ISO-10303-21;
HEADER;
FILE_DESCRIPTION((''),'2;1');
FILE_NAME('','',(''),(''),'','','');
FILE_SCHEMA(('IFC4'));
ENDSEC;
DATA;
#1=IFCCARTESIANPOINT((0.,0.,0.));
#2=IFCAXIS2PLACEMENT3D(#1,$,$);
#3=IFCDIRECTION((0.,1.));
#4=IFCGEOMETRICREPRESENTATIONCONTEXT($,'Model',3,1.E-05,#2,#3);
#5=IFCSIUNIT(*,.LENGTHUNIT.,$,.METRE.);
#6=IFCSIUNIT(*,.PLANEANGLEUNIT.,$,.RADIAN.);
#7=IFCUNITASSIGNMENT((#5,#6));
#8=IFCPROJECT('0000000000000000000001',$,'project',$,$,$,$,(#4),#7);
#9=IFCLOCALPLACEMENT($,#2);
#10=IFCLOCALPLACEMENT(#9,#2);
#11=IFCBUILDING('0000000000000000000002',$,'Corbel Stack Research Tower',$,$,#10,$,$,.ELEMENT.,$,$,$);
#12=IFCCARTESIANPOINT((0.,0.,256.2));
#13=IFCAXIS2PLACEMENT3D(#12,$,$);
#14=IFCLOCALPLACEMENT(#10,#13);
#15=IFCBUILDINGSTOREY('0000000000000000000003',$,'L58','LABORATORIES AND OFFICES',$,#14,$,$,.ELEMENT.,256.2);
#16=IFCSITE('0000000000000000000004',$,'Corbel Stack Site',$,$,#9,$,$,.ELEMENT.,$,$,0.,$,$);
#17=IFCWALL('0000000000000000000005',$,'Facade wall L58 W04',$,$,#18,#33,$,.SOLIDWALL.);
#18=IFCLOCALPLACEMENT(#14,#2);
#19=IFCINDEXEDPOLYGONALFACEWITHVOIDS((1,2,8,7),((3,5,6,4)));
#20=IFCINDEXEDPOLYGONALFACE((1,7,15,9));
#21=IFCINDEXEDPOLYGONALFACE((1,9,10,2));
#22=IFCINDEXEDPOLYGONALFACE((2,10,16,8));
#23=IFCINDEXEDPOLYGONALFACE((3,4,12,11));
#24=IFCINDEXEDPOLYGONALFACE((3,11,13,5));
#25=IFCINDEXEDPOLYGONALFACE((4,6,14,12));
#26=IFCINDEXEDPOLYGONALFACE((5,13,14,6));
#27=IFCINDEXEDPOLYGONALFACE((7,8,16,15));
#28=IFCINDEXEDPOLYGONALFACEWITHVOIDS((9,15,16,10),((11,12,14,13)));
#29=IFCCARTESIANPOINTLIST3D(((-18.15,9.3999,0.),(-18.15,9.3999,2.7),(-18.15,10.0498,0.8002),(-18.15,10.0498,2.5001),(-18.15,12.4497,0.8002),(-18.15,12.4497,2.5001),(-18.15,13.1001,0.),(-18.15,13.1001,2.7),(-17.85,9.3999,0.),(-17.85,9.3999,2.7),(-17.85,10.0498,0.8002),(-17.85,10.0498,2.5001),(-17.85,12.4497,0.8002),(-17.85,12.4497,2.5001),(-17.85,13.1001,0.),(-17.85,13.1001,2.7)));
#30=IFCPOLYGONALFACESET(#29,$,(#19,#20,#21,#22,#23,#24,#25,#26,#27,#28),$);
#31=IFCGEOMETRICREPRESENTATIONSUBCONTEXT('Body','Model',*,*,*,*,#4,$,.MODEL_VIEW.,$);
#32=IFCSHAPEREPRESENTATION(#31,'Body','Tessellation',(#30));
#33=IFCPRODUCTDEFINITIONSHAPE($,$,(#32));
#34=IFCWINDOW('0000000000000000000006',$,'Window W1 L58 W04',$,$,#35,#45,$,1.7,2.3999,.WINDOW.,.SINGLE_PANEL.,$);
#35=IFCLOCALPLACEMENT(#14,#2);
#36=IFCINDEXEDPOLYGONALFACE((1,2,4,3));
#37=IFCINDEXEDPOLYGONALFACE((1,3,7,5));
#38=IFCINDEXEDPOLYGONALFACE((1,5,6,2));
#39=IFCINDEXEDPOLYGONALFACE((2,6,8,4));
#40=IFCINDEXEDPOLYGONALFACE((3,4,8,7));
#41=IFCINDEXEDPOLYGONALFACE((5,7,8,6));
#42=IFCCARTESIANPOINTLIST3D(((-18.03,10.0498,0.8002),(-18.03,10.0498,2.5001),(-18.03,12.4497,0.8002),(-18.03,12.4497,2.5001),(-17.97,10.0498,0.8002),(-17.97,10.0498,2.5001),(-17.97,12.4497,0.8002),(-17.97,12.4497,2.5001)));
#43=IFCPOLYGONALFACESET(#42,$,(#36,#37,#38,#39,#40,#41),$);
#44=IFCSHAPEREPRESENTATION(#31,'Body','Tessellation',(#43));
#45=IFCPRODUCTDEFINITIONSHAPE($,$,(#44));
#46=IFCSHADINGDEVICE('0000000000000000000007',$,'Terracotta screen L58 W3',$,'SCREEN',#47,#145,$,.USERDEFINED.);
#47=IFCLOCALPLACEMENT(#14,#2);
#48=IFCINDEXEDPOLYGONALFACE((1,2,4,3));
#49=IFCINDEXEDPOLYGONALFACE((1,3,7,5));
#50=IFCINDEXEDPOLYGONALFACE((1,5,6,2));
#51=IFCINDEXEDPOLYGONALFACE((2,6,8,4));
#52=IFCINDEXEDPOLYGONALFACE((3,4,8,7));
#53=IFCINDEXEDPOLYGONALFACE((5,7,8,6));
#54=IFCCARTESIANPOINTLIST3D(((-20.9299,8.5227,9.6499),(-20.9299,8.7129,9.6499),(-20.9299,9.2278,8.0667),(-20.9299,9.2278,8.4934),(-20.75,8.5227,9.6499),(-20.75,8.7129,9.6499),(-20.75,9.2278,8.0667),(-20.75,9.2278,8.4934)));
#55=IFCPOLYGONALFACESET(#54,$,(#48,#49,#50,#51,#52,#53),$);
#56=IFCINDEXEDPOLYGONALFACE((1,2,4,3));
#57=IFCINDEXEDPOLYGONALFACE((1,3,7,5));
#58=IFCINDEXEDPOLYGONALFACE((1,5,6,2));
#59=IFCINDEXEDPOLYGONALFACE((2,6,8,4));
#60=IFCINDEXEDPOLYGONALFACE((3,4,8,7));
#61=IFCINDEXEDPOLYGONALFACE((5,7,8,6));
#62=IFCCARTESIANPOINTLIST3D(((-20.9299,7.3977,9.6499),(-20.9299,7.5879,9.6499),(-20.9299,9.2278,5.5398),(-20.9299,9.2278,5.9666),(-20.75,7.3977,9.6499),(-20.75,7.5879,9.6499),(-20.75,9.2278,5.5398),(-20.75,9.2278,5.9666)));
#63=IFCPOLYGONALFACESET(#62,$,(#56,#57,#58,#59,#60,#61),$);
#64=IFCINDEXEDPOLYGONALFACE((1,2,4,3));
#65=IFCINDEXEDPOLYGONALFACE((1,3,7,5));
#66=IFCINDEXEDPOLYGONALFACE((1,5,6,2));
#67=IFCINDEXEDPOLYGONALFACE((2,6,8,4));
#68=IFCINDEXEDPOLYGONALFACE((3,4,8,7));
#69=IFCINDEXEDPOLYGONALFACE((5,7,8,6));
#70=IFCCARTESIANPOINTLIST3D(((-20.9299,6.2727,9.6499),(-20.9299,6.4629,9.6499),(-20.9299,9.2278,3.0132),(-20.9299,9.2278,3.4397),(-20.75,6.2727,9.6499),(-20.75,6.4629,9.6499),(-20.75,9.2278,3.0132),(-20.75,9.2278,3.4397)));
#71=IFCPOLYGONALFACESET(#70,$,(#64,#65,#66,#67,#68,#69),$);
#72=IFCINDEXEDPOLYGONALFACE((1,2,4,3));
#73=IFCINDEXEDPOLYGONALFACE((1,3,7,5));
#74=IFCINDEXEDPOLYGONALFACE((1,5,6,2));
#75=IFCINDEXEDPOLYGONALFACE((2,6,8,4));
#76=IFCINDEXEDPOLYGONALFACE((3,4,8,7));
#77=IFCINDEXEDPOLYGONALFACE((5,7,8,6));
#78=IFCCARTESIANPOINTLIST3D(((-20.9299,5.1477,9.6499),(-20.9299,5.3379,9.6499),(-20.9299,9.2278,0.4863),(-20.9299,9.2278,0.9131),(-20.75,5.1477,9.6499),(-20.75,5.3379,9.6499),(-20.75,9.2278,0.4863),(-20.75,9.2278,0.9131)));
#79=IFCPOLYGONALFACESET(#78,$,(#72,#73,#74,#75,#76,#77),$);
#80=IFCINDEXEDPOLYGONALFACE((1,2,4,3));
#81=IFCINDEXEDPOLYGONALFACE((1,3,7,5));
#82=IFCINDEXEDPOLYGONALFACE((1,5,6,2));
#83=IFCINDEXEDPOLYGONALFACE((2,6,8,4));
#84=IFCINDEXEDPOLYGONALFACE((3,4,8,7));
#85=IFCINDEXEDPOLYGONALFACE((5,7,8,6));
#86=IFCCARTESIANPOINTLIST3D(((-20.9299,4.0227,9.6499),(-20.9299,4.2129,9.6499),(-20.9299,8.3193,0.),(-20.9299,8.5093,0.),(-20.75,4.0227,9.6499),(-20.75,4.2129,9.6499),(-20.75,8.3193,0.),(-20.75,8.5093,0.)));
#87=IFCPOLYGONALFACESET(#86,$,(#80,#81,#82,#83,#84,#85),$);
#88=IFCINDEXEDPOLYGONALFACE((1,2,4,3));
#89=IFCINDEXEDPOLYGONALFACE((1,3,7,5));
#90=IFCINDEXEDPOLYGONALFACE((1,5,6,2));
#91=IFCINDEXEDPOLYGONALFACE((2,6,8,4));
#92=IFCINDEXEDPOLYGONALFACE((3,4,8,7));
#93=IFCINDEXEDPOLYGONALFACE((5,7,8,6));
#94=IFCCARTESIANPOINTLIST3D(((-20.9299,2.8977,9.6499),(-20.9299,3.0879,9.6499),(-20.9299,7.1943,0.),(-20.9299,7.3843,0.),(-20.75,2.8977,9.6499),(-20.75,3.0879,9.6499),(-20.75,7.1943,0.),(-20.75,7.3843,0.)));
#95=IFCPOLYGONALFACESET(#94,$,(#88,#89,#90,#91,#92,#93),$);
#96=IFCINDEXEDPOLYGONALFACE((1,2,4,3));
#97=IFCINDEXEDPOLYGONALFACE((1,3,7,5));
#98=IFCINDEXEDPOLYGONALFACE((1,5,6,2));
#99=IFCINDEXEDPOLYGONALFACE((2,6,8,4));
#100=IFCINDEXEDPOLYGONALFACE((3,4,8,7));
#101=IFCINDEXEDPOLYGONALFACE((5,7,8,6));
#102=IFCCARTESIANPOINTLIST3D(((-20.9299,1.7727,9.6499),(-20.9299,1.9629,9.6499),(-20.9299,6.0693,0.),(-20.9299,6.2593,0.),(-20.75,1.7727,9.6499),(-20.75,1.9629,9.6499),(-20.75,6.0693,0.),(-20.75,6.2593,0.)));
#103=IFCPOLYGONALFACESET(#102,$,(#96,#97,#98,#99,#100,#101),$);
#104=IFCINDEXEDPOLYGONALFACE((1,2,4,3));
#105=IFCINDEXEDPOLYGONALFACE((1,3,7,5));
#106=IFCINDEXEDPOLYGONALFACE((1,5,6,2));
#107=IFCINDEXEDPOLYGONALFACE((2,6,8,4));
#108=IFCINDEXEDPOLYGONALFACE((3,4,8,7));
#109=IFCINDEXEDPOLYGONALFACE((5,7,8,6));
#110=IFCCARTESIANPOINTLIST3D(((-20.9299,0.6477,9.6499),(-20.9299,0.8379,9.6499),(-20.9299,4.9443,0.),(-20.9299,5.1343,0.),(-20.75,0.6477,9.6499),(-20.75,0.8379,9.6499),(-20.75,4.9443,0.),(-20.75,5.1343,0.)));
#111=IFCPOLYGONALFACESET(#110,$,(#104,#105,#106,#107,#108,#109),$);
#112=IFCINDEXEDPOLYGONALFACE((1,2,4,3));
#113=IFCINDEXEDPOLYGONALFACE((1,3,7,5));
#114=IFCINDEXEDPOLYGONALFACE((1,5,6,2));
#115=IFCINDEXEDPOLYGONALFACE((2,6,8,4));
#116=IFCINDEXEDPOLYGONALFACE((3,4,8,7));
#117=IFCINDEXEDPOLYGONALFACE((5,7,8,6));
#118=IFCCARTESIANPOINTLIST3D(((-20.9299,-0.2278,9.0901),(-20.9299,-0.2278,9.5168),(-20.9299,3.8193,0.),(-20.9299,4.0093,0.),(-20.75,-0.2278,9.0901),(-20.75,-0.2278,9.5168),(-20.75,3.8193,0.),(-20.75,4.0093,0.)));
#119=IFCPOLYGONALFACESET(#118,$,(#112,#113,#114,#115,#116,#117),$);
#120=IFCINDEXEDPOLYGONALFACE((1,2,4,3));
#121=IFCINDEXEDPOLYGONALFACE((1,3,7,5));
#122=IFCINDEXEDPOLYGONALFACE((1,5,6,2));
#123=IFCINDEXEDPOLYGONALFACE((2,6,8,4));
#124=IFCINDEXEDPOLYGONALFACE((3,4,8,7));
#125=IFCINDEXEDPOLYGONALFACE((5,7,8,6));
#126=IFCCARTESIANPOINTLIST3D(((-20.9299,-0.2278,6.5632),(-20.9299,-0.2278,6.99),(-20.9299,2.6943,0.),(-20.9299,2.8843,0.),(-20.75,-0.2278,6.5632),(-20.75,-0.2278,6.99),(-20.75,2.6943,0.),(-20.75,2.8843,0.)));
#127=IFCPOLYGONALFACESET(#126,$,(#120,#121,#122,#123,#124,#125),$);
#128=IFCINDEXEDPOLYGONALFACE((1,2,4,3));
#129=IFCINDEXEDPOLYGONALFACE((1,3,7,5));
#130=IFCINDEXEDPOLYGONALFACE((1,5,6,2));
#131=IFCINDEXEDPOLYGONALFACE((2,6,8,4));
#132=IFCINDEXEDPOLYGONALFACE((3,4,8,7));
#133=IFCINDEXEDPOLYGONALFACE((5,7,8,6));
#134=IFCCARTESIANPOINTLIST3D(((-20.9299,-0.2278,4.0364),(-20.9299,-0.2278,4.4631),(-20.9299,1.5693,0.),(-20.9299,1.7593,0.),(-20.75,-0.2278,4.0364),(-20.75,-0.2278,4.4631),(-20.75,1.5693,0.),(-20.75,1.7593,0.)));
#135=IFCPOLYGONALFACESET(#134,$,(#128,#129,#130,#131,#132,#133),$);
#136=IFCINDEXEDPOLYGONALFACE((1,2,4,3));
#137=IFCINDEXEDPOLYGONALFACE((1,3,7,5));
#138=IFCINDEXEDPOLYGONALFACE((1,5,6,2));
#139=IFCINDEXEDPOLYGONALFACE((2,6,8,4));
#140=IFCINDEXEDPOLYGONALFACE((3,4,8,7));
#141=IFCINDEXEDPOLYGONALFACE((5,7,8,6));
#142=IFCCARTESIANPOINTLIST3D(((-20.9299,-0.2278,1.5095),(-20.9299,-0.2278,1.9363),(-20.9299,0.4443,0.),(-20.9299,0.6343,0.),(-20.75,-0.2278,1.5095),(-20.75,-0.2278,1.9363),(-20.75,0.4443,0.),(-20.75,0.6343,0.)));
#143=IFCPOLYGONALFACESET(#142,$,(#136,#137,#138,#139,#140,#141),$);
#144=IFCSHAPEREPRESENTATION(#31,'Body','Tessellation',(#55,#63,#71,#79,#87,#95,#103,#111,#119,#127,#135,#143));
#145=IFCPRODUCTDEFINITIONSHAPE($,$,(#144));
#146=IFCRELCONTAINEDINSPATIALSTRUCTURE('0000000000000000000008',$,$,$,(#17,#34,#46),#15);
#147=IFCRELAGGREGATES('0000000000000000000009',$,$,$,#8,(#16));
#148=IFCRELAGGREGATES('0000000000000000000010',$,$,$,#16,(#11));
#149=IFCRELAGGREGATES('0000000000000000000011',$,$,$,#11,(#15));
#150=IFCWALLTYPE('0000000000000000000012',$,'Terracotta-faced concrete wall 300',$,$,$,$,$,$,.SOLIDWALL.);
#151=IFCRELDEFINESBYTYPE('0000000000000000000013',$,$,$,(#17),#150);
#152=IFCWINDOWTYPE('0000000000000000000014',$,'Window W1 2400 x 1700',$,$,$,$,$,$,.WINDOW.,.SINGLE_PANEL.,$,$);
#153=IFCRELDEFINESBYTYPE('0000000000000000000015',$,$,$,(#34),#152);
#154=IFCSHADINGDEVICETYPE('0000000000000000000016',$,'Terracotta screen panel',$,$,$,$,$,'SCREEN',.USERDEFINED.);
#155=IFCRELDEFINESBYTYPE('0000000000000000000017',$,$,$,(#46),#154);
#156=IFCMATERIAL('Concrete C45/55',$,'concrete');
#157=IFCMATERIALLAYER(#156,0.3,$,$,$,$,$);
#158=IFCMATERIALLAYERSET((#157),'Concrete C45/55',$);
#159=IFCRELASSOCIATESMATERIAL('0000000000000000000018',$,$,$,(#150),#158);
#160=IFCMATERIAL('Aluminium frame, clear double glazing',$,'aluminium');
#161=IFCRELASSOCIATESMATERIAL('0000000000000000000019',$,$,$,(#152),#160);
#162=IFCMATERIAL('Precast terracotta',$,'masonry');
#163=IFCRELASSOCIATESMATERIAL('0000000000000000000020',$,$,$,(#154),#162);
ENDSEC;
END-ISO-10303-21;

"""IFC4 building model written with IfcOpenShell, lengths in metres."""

from ifc_helpers import new_model, si_unit, direction, frame, frame_2d, origin, place, context, subcontext, project, spatial, polyline, rectangle, outline, extrude, source, transform, mapped, material, layer, layer_set, type_object, element, fill, save


model = new_model("IFC4")

# Units and contexts
model_context = context("Model", 3, precision=1e-05, world=origin(), true_north=direction((0.0, 1.0)))
body_context = subcontext(model_context, "Body", "Model", "MODEL_VIEW")
ifc_project = project(units=[si_unit("LENGTHUNIT", "METRE"), si_unit("PLANEANGLEUNIT", "RADIAN")], contexts=[model_context])

# Site, building, storey
site_placement = place(None, origin())
site = spatial("IfcSite", under=ifc_project, at=site_placement, Name="Corbel Stack Site", CompositionType="ELEMENT", RefElevation=0.0)
building_placement = place(site_placement, origin())
building = spatial("IfcBuilding", under=site, at=building_placement, Name="Corbel Stack Research Tower", CompositionType="ELEMENT")
storey_placement = place(building_placement, frame((0.0, 0.0, 256.2)))
storey = spatial("IfcBuildingStorey", under=building, at=storey_placement, Name="L58", Description="LABORATORIES AND OFFICES", CompositionType="ELEMENT", Elevation=256.2)

# Wall, opening, window
ifc_material_1 = material(Name="Concrete C45/55", Category="concrete")
ifc_layer_1 = layer(ifc_material_1, 0.3)
ifc_layer_set_1 = layer_set([ifc_layer_1], Name="Concrete C45/55")
wall_type_1 = type_object("IfcWallType", Name="Terracotta-faced concrete wall 300", PredefinedType="SOLIDWALL", material=ifc_layer_set_1)
wall_1_placement = place(storey_placement, frame((-18.0, 9.3999, 0.0), z_axis=(0.0, 0.0, 1.0), x_axis=(0.0, 1.0, 0.0)))
wall_1 = element("IfcWall", 1, at=wall_1_placement, inside=storey, type_object=wall_type_1, Name="Facade wall L58 W04", PredefinedType="SOLIDWALL", context=body_context, shape_type="SweptSolid", body=[
    extrude(rectangle(XDim=3.7002, YDim=0.3, at=frame_2d((1.8501, 0.0))), origin(), (0.0, 0.0, 1.0), 2.7),
])
opening_1_placement = place(wall_1_placement, frame((0.6499, 0.0, 0.8)))
opening_1 = element("IfcOpeningElement", 2, at=opening_1_placement, cuts=wall_1, PredefinedType="OPENING", context=body_context, shape_type="SweptSolid", body=[
    extrude(rectangle(XDim=2.3999, YDim=1.7, at=frame_2d((1.2, 0.8501))), frame((0.0, 0.1599, 0.0), z_axis=(0.0, -1.0, 0.0), x_axis=(1.0, 0.0, 0.0)), (0.0, 0.0, 1.0), 0.3201),
])
ifc_material_2 = material(Name="Aluminium frame, clear double glazing", Category="aluminium")
window_type_1 = type_object("IfcWindowType", Name="Window W1 2400 x 1700", PartitioningType="SINGLE_PANEL", PredefinedType="WINDOW", material=ifc_material_2)
window_1_placement = place(opening_1_placement, origin())
window_1 = element("IfcWindow", 3, at=window_1_placement, inside=storey, type_object=window_type_1, Name="Window W1 L58 W04", OverallHeight=1.7, OverallWidth=2.3999, PartitioningType="SINGLE_PANEL", PredefinedType="WINDOW", context=body_context, shape_type="SweptSolid", body=[
    extrude(rectangle(XDim=2.3999, YDim=1.7, at=frame_2d((1.2, 0.8501))), frame((0.0, 0.03, 0.0), z_axis=(0.0, -1.0, 0.0), x_axis=(1.0, 0.0, 0.0)), (0.0, 0.0, 1.0), 0.0601),
])
fill(opening_1, window_1)

# Shading device
ifc_material_3 = material(Name="Precast terracotta", Category="masonry")
shading_device_type = type_object("IfcShadingDeviceType", Name="Terracotta screen panel", ElementType="SCREEN", PredefinedType="USERDEFINED", material=ifc_material_3)
shared_shape = source(origin(), body_context, "Body", "SweptSolid", [
    extrude(outline(polyline([(0.7051, 9.6499), (0.5149, 9.6499), (0.0, 8.4934), (0.0, 8.0667), (0.7051, 9.6499)])), frame((0.0, 0.0, 0.0), z_axis=(0.0, -1.0, 0.0), x_axis=(1.0, 0.0, 0.0)), (0.0, 0.0, 1.0), 0.1799),
    extrude(outline(polyline([(1.8301, 9.6499), (1.6399, 9.6499), (0.0, 5.9666), (0.0, 5.5398), (1.8301, 9.6499)])), frame((0.0, 0.0, 0.0), z_axis=(0.0, -1.0, 0.0), x_axis=(1.0, 0.0, 0.0)), (0.0, 0.0, 1.0), 0.1799),
    extrude(outline(polyline([(2.9551, 9.6499), (2.7649, 9.6499), (0.0, 3.4397), (0.0, 3.0132), (2.9551, 9.6499)])), frame((0.0, 0.0, 0.0), z_axis=(0.0, -1.0, 0.0), x_axis=(1.0, 0.0, 0.0)), (0.0, 0.0, 1.0), 0.1799),
    extrude(outline(polyline([(4.0801, 9.6499), (3.8899, 9.6499), (0.0, 0.9131), (0.0, 0.4863), (4.0801, 9.6499)])), frame((0.0, 0.0, 0.0), z_axis=(0.0, -1.0, 0.0), x_axis=(1.0, 0.0, 0.0)), (0.0, 0.0, 1.0), 0.1799),
    extrude(outline(polyline([(0.9084, 0.0), (5.2051, 9.6499), (5.0149, 9.6499), (0.7185, 0.0), (0.9084, 0.0)])), frame((0.0, 0.0, 0.0), z_axis=(0.0, -1.0, 0.0), x_axis=(1.0, 0.0, 0.0)), (0.0, 0.0, 1.0), 0.1799),
    extrude(outline(polyline([(2.0334, 0.0), (6.3301, 9.6499), (6.1399, 9.6499), (1.8435, 0.0), (2.0334, 0.0)])), frame((0.0, 0.0, 0.0), z_axis=(0.0, -1.0, 0.0), x_axis=(1.0, 0.0, 0.0)), (0.0, 0.0, 1.0), 0.1799),
    extrude(outline(polyline([(3.1584, 0.0), (7.4551, 9.6499), (7.2649, 9.6499), (2.9685, 0.0), (3.1584, 0.0)])), frame((0.0, 0.0, 0.0), z_axis=(0.0, -1.0, 0.0), x_axis=(1.0, 0.0, 0.0)), (0.0, 0.0, 1.0), 0.1799),
    extrude(outline(polyline([(4.2834, 0.0), (8.5801, 9.6499), (8.3899, 9.6499), (4.0935, 0.0), (4.2834, 0.0)])), frame((0.0, 0.0, 0.0), z_axis=(0.0, -1.0, 0.0), x_axis=(1.0, 0.0, 0.0)), (0.0, 0.0, 1.0), 0.1799),
    extrude(outline(polyline([(5.4084, 0.0), (9.4556, 9.0901), (9.4556, 9.5168), (5.2185, 0.0), (5.4084, 0.0)])), frame((0.0, 0.0, 0.0), z_axis=(0.0, -1.0, 0.0), x_axis=(1.0, 0.0, 0.0)), (0.0, 0.0, 1.0), 0.1799),
    extrude(outline(polyline([(6.5334, 0.0), (9.4556, 6.5632), (9.4556, 6.99), (6.3435, 0.0), (6.5334, 0.0)])), frame((0.0, 0.0, 0.0), z_axis=(0.0, -1.0, 0.0), x_axis=(1.0, 0.0, 0.0)), (0.0, 0.0, 1.0), 0.1799),
    extrude(outline(polyline([(7.6584, 0.0), (9.4556, 4.0364), (9.4556, 4.4631), (7.4685, 0.0), (7.6584, 0.0)])), frame((0.0, 0.0, 0.0), z_axis=(0.0, -1.0, 0.0), x_axis=(1.0, 0.0, 0.0)), (0.0, 0.0, 1.0), 0.1799),
    extrude(outline(polyline([(8.7834, 0.0), (9.4556, 1.5095), (9.4556, 1.9363), (8.5935, 0.0), (8.7834, 0.0)])), frame((0.0, 0.0, 0.0), z_axis=(0.0, -1.0, 0.0), x_axis=(1.0, 0.0, 0.0)), (0.0, 0.0, 1.0), 0.1799),
])
shading_device_placement = place(storey_placement, frame((-20.75, 9.2278, 0.0), z_axis=(0.0, 0.0, 1.0), x_axis=(0.0, -1.0, 0.0)))
element("IfcShadingDevice", 4, at=shading_device_placement, inside=storey, type_object=shading_device_type, Name="Terracotta screen L58 W3", ObjectType="SCREEN", PredefinedType="USERDEFINED", context=body_context, shape_type="MappedRepresentation", body=[
    mapped(shared_shape, transform((0.0, 0.0, 0.0))),
])

save(model, "model.ifc")
